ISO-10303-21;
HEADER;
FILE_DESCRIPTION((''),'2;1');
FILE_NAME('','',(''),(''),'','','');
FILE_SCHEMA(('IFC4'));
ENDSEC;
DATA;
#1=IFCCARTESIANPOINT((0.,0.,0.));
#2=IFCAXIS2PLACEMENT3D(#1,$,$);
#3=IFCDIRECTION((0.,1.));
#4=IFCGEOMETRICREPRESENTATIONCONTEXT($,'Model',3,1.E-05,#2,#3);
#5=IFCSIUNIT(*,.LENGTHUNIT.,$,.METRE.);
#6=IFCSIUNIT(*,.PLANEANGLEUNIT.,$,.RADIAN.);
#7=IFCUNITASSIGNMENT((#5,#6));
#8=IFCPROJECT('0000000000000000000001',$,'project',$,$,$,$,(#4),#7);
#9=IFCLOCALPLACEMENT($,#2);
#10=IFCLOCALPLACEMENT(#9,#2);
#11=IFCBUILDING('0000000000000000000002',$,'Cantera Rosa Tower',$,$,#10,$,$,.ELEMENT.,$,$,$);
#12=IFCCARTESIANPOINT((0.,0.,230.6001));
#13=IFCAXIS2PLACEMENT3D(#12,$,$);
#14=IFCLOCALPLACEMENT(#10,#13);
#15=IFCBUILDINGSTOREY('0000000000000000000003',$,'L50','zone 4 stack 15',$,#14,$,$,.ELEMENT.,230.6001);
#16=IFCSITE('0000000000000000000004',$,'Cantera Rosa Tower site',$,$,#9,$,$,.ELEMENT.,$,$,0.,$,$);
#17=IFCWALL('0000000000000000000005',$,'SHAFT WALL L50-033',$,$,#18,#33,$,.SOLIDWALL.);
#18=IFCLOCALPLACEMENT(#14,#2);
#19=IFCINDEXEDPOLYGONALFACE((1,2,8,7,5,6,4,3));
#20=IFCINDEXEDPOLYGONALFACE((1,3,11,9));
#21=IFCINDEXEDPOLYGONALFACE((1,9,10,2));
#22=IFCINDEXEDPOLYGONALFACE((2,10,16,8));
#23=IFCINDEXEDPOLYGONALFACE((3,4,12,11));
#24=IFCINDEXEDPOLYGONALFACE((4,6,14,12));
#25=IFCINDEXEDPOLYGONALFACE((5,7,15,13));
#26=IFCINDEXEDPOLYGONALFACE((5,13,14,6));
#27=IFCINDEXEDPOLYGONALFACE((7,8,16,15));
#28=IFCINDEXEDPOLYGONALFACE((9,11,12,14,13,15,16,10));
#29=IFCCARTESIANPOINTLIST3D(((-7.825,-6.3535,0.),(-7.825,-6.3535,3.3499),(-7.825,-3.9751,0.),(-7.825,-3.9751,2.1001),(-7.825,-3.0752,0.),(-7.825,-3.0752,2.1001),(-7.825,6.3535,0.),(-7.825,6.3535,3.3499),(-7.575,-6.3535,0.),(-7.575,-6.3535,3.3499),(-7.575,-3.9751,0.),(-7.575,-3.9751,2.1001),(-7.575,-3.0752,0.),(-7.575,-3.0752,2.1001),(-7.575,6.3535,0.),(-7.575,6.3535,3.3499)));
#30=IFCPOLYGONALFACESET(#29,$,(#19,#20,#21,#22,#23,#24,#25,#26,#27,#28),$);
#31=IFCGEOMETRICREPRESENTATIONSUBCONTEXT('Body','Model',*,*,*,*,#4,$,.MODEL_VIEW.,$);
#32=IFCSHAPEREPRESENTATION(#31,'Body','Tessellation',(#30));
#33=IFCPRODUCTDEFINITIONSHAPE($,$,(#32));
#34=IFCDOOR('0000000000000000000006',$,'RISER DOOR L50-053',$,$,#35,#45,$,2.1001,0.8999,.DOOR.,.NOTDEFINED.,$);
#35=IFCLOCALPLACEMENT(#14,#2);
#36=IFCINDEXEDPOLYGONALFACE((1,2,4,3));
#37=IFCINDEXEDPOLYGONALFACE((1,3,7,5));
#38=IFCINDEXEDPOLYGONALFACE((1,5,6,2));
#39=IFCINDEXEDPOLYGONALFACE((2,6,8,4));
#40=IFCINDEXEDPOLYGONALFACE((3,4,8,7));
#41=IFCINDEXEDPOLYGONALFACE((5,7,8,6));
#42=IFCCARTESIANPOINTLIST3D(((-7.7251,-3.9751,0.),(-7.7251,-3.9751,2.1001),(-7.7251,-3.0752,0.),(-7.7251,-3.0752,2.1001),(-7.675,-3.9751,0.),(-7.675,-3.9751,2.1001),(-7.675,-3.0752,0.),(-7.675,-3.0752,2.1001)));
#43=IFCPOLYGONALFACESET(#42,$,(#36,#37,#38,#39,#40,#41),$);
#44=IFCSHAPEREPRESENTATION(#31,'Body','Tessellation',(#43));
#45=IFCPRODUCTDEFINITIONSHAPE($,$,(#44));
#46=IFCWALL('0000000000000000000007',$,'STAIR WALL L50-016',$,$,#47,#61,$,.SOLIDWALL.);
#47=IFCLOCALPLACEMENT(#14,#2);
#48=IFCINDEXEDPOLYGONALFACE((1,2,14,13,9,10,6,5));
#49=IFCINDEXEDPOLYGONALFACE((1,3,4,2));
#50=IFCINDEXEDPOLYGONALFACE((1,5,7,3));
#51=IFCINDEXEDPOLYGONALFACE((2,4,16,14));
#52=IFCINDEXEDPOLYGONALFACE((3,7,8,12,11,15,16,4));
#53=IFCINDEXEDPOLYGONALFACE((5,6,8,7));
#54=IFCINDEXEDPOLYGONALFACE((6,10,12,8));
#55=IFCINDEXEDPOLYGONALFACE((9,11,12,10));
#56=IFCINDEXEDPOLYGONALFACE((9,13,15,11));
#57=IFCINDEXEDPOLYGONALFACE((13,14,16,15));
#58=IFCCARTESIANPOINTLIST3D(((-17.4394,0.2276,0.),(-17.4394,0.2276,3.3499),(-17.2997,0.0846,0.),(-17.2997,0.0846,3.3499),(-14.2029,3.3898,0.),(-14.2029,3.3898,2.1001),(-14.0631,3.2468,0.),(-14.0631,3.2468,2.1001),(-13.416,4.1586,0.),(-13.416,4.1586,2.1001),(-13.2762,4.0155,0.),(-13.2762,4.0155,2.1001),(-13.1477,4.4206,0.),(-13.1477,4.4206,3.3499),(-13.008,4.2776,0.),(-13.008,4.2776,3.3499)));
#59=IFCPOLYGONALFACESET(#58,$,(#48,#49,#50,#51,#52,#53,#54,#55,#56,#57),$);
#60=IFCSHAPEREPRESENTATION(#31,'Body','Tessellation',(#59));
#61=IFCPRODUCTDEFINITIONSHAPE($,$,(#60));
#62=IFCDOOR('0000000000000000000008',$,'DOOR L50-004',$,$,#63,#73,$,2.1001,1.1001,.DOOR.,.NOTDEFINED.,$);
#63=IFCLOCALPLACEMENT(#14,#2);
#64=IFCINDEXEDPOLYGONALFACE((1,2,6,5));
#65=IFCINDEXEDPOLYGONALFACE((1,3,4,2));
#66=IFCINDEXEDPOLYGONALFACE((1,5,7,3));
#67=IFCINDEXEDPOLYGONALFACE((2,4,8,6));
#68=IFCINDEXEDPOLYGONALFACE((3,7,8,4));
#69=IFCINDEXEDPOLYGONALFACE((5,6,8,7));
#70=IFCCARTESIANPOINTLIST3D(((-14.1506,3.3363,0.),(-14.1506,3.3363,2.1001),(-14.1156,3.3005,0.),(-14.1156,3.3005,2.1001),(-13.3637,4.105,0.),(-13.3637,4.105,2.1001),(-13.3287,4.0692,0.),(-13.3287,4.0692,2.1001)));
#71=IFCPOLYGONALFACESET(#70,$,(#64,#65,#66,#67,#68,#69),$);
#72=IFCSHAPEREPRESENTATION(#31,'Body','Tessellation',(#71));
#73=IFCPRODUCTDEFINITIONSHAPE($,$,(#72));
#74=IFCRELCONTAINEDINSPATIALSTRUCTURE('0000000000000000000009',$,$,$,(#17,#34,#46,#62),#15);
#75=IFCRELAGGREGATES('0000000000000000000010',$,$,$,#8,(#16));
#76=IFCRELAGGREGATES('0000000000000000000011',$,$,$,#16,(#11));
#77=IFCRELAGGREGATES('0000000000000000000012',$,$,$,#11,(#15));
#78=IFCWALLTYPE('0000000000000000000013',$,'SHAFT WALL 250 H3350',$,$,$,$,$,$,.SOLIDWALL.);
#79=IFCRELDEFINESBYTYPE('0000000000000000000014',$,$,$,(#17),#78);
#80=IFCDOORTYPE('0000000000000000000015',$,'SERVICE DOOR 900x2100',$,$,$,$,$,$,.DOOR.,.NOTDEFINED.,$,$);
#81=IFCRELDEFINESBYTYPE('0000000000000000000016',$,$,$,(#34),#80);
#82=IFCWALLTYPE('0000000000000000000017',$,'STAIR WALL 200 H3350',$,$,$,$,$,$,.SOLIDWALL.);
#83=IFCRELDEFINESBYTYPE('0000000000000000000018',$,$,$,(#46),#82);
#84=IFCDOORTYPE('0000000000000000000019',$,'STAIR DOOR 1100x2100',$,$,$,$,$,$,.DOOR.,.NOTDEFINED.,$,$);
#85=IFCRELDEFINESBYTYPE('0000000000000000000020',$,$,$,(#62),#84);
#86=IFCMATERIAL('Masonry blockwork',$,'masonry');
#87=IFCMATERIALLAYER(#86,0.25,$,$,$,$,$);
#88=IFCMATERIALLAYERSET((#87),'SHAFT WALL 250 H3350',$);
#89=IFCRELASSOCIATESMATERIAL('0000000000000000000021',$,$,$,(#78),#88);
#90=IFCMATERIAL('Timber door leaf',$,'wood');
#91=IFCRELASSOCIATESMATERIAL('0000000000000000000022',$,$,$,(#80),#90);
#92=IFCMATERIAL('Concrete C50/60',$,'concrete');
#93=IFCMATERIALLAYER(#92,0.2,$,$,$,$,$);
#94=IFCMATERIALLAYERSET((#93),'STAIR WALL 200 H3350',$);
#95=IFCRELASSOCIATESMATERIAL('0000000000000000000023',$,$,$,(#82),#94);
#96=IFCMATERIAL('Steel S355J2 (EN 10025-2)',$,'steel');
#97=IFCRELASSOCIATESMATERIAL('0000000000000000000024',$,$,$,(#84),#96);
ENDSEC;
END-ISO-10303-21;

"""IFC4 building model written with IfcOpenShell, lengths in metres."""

from ifc_helpers import new_model, si_unit, direction, frame, frame_2d, origin, place, context, subcontext, project, spatial, rectangle, extrude, material, layer, layer_set, type_object, element, fill, save


model = new_model("IFC4")

# Units and contexts
model_context = context("Model", 3, precision=1e-05, world=origin(), true_north=direction((0.0, 1.0)))
body_context = subcontext(model_context, "Body", "Model", "MODEL_VIEW")
ifc_project = project(units=[si_unit("LENGTHUNIT", "METRE"), si_unit("PLANEANGLEUNIT", "RADIAN")], contexts=[model_context])

# Site, building, storey
site_placement = place(None, origin())
site = spatial("IfcSite", under=ifc_project, at=site_placement, Name="Cantera Rosa Tower site", CompositionType="ELEMENT", RefElevation=0.0)
building_placement = place(site_placement, origin())
building = spatial("IfcBuilding", under=site, at=building_placement, Name="Cantera Rosa Tower", CompositionType="ELEMENT")
storey_placement = place(building_placement, frame((0.0, 0.0, 230.6001)))
storey = spatial("IfcBuildingStorey", under=building, at=storey_placement, Name="L50", Description="zone 4 stack 15", CompositionType="ELEMENT", Elevation=230.6001)

# Shared definitions
ifc_material_1 = material(Name="Masonry blockwork", Category="masonry")
ifc_layer_1 = layer(ifc_material_1, 0.25)
ifc_layer_set_1 = layer_set([ifc_layer_1], Name="SHAFT WALL 250 H3350")
wall_type_1 = type_object("IfcWallType", Name="SHAFT WALL 250 H3350", PredefinedType="SOLIDWALL", material=ifc_layer_set_1)

# Walls, openings, doors
wall_1_placement = place(storey_placement, frame((-7.7, 6.3535, 0.0), z_axis=(0.0, 0.0, 1.0), x_axis=(0.0, -1.0, 0.0)))
wall_1 = element("IfcWall", 1, at=wall_1_placement, inside=storey, type_object=wall_type_1, Name="SHAFT WALL L50-033", PredefinedType="SOLIDWALL", context=body_context, shape_type="SweptSolid", body=[
    extrude(rectangle(XDim=12.707, YDim=0.25, at=frame_2d((6.3535, 0.0))), origin(), (0.0, 0.0, 1.0), 3.3499),
])
opening_1_placement = place(wall_1_placement, frame((9.4287, 0.0, 0.0)))
opening_1 = element("IfcOpeningElement", 2, at=opening_1_placement, cuts=wall_1, PredefinedType="OPENING", context=body_context, shape_type="SweptSolid", body=[
    extrude(rectangle(XDim=0.8999, YDim=2.1001, at=frame_2d((0.45, 1.05))), frame((0.0, 0.135, 0.0), z_axis=(0.0, -1.0, 0.0), x_axis=(1.0, 0.0, 0.0)), (0.0, 0.0, 1.0), 0.27),
])
ifc_material_2 = material(Name="Timber door leaf", Category="wood")
door_type_1 = type_object("IfcDoorType", Name="SERVICE DOOR 900x2100", OperationType="NOTDEFINED", PredefinedType="DOOR", material=ifc_material_2)
door_1_placement = place(opening_1_placement, origin())
door_1 = element("IfcDoor", 3, at=door_1_placement, inside=storey, type_object=door_type_1, Name="RISER DOOR L50-053", OperationType="NOTDEFINED", OverallHeight=2.1001, OverallWidth=0.8999, PredefinedType="DOOR", context=body_context, shape_type="SweptSolid", body=[
    extrude(rectangle(XDim=0.8999, YDim=2.1001, at=frame_2d((0.45, 1.05))), frame((0.0, 0.0249, 0.0), z_axis=(0.0, -1.0, 0.0), x_axis=(1.0, 0.0, 0.0)), (0.0, 0.0, 1.0), 0.05),
])
fill(opening_1, door_1)
ifc_material_3 = material(Name="Concrete C50/60", Category="concrete")
ifc_layer_2 = layer(ifc_material_3, 0.2)
ifc_layer_set_2 = layer_set([ifc_layer_2], Name="STAIR WALL 200 H3350")
wall_type_2 = type_object("IfcWallType", Name="STAIR WALL 200 H3350", PredefinedType="SOLIDWALL", material=ifc_layer_set_2)
wall_2_placement = place(storey_placement, frame((-13.0779, 4.3491, 0.0), z_axis=(0.0, 0.0, 1.0), x_axis=(-0.715278, -0.69884, 0.0)))
wall_2 = element("IfcWall", 4, at=wall_2_placement, inside=storey, type_object=wall_type_2, Name="STAIR WALL L50-016", PredefinedType="SOLIDWALL", context=body_context, shape_type="SweptSolid", body=[
    extrude(rectangle(XDim=6.0, YDim=0.2, at=frame_2d((3.0, 0.0))), origin(), (0.0, 0.0, 1.0), 3.3499),
])
opening_2_placement = place(wall_2_placement, frame((0.375, 0.0, 0.0)))
opening_2 = element("IfcOpeningElement", 5, at=opening_2_placement, cuts=wall_2, PredefinedType="OPENING", context=body_context, shape_type="SweptSolid", body=[
    extrude(rectangle(XDim=1.1001, YDim=2.1001, at=frame_2d((0.55, 1.05))), frame((0.0, 0.1099, 0.0), z_axis=(0.0, -1.0, 0.0), x_axis=(1.0, 0.0, 0.0)), (0.0, 0.0, 1.0), 0.22),
])
ifc_material_4 = material(Name="Steel S355J2 (EN 10025-2)", Category="steel")
door_type_2 = type_object("IfcDoorType", Name="STAIR DOOR 1100x2100", OperationType="NOTDEFINED", PredefinedType="DOOR", material=ifc_material_4)
door_2_placement = place(opening_2_placement, origin())
door_2 = element("IfcDoor", 6, at=door_2_placement, inside=storey, type_object=door_type_2, Name="DOOR L50-004", OperationType="NOTDEFINED", OverallHeight=2.1001, OverallWidth=1.1001, PredefinedType="DOOR", context=body_context, shape_type="SweptSolid", body=[
    extrude(rectangle(XDim=1.1001, YDim=2.1001, at=frame_2d((0.55, 1.05))), frame((0.0, 0.0249, 0.0), z_axis=(0.0, -1.0, 0.0), x_axis=(1.0, 0.0, 0.0)), (0.0, 0.0, 1.0), 0.05),
])
fill(opening_2, door_2)

save(model, "model.ifc")
